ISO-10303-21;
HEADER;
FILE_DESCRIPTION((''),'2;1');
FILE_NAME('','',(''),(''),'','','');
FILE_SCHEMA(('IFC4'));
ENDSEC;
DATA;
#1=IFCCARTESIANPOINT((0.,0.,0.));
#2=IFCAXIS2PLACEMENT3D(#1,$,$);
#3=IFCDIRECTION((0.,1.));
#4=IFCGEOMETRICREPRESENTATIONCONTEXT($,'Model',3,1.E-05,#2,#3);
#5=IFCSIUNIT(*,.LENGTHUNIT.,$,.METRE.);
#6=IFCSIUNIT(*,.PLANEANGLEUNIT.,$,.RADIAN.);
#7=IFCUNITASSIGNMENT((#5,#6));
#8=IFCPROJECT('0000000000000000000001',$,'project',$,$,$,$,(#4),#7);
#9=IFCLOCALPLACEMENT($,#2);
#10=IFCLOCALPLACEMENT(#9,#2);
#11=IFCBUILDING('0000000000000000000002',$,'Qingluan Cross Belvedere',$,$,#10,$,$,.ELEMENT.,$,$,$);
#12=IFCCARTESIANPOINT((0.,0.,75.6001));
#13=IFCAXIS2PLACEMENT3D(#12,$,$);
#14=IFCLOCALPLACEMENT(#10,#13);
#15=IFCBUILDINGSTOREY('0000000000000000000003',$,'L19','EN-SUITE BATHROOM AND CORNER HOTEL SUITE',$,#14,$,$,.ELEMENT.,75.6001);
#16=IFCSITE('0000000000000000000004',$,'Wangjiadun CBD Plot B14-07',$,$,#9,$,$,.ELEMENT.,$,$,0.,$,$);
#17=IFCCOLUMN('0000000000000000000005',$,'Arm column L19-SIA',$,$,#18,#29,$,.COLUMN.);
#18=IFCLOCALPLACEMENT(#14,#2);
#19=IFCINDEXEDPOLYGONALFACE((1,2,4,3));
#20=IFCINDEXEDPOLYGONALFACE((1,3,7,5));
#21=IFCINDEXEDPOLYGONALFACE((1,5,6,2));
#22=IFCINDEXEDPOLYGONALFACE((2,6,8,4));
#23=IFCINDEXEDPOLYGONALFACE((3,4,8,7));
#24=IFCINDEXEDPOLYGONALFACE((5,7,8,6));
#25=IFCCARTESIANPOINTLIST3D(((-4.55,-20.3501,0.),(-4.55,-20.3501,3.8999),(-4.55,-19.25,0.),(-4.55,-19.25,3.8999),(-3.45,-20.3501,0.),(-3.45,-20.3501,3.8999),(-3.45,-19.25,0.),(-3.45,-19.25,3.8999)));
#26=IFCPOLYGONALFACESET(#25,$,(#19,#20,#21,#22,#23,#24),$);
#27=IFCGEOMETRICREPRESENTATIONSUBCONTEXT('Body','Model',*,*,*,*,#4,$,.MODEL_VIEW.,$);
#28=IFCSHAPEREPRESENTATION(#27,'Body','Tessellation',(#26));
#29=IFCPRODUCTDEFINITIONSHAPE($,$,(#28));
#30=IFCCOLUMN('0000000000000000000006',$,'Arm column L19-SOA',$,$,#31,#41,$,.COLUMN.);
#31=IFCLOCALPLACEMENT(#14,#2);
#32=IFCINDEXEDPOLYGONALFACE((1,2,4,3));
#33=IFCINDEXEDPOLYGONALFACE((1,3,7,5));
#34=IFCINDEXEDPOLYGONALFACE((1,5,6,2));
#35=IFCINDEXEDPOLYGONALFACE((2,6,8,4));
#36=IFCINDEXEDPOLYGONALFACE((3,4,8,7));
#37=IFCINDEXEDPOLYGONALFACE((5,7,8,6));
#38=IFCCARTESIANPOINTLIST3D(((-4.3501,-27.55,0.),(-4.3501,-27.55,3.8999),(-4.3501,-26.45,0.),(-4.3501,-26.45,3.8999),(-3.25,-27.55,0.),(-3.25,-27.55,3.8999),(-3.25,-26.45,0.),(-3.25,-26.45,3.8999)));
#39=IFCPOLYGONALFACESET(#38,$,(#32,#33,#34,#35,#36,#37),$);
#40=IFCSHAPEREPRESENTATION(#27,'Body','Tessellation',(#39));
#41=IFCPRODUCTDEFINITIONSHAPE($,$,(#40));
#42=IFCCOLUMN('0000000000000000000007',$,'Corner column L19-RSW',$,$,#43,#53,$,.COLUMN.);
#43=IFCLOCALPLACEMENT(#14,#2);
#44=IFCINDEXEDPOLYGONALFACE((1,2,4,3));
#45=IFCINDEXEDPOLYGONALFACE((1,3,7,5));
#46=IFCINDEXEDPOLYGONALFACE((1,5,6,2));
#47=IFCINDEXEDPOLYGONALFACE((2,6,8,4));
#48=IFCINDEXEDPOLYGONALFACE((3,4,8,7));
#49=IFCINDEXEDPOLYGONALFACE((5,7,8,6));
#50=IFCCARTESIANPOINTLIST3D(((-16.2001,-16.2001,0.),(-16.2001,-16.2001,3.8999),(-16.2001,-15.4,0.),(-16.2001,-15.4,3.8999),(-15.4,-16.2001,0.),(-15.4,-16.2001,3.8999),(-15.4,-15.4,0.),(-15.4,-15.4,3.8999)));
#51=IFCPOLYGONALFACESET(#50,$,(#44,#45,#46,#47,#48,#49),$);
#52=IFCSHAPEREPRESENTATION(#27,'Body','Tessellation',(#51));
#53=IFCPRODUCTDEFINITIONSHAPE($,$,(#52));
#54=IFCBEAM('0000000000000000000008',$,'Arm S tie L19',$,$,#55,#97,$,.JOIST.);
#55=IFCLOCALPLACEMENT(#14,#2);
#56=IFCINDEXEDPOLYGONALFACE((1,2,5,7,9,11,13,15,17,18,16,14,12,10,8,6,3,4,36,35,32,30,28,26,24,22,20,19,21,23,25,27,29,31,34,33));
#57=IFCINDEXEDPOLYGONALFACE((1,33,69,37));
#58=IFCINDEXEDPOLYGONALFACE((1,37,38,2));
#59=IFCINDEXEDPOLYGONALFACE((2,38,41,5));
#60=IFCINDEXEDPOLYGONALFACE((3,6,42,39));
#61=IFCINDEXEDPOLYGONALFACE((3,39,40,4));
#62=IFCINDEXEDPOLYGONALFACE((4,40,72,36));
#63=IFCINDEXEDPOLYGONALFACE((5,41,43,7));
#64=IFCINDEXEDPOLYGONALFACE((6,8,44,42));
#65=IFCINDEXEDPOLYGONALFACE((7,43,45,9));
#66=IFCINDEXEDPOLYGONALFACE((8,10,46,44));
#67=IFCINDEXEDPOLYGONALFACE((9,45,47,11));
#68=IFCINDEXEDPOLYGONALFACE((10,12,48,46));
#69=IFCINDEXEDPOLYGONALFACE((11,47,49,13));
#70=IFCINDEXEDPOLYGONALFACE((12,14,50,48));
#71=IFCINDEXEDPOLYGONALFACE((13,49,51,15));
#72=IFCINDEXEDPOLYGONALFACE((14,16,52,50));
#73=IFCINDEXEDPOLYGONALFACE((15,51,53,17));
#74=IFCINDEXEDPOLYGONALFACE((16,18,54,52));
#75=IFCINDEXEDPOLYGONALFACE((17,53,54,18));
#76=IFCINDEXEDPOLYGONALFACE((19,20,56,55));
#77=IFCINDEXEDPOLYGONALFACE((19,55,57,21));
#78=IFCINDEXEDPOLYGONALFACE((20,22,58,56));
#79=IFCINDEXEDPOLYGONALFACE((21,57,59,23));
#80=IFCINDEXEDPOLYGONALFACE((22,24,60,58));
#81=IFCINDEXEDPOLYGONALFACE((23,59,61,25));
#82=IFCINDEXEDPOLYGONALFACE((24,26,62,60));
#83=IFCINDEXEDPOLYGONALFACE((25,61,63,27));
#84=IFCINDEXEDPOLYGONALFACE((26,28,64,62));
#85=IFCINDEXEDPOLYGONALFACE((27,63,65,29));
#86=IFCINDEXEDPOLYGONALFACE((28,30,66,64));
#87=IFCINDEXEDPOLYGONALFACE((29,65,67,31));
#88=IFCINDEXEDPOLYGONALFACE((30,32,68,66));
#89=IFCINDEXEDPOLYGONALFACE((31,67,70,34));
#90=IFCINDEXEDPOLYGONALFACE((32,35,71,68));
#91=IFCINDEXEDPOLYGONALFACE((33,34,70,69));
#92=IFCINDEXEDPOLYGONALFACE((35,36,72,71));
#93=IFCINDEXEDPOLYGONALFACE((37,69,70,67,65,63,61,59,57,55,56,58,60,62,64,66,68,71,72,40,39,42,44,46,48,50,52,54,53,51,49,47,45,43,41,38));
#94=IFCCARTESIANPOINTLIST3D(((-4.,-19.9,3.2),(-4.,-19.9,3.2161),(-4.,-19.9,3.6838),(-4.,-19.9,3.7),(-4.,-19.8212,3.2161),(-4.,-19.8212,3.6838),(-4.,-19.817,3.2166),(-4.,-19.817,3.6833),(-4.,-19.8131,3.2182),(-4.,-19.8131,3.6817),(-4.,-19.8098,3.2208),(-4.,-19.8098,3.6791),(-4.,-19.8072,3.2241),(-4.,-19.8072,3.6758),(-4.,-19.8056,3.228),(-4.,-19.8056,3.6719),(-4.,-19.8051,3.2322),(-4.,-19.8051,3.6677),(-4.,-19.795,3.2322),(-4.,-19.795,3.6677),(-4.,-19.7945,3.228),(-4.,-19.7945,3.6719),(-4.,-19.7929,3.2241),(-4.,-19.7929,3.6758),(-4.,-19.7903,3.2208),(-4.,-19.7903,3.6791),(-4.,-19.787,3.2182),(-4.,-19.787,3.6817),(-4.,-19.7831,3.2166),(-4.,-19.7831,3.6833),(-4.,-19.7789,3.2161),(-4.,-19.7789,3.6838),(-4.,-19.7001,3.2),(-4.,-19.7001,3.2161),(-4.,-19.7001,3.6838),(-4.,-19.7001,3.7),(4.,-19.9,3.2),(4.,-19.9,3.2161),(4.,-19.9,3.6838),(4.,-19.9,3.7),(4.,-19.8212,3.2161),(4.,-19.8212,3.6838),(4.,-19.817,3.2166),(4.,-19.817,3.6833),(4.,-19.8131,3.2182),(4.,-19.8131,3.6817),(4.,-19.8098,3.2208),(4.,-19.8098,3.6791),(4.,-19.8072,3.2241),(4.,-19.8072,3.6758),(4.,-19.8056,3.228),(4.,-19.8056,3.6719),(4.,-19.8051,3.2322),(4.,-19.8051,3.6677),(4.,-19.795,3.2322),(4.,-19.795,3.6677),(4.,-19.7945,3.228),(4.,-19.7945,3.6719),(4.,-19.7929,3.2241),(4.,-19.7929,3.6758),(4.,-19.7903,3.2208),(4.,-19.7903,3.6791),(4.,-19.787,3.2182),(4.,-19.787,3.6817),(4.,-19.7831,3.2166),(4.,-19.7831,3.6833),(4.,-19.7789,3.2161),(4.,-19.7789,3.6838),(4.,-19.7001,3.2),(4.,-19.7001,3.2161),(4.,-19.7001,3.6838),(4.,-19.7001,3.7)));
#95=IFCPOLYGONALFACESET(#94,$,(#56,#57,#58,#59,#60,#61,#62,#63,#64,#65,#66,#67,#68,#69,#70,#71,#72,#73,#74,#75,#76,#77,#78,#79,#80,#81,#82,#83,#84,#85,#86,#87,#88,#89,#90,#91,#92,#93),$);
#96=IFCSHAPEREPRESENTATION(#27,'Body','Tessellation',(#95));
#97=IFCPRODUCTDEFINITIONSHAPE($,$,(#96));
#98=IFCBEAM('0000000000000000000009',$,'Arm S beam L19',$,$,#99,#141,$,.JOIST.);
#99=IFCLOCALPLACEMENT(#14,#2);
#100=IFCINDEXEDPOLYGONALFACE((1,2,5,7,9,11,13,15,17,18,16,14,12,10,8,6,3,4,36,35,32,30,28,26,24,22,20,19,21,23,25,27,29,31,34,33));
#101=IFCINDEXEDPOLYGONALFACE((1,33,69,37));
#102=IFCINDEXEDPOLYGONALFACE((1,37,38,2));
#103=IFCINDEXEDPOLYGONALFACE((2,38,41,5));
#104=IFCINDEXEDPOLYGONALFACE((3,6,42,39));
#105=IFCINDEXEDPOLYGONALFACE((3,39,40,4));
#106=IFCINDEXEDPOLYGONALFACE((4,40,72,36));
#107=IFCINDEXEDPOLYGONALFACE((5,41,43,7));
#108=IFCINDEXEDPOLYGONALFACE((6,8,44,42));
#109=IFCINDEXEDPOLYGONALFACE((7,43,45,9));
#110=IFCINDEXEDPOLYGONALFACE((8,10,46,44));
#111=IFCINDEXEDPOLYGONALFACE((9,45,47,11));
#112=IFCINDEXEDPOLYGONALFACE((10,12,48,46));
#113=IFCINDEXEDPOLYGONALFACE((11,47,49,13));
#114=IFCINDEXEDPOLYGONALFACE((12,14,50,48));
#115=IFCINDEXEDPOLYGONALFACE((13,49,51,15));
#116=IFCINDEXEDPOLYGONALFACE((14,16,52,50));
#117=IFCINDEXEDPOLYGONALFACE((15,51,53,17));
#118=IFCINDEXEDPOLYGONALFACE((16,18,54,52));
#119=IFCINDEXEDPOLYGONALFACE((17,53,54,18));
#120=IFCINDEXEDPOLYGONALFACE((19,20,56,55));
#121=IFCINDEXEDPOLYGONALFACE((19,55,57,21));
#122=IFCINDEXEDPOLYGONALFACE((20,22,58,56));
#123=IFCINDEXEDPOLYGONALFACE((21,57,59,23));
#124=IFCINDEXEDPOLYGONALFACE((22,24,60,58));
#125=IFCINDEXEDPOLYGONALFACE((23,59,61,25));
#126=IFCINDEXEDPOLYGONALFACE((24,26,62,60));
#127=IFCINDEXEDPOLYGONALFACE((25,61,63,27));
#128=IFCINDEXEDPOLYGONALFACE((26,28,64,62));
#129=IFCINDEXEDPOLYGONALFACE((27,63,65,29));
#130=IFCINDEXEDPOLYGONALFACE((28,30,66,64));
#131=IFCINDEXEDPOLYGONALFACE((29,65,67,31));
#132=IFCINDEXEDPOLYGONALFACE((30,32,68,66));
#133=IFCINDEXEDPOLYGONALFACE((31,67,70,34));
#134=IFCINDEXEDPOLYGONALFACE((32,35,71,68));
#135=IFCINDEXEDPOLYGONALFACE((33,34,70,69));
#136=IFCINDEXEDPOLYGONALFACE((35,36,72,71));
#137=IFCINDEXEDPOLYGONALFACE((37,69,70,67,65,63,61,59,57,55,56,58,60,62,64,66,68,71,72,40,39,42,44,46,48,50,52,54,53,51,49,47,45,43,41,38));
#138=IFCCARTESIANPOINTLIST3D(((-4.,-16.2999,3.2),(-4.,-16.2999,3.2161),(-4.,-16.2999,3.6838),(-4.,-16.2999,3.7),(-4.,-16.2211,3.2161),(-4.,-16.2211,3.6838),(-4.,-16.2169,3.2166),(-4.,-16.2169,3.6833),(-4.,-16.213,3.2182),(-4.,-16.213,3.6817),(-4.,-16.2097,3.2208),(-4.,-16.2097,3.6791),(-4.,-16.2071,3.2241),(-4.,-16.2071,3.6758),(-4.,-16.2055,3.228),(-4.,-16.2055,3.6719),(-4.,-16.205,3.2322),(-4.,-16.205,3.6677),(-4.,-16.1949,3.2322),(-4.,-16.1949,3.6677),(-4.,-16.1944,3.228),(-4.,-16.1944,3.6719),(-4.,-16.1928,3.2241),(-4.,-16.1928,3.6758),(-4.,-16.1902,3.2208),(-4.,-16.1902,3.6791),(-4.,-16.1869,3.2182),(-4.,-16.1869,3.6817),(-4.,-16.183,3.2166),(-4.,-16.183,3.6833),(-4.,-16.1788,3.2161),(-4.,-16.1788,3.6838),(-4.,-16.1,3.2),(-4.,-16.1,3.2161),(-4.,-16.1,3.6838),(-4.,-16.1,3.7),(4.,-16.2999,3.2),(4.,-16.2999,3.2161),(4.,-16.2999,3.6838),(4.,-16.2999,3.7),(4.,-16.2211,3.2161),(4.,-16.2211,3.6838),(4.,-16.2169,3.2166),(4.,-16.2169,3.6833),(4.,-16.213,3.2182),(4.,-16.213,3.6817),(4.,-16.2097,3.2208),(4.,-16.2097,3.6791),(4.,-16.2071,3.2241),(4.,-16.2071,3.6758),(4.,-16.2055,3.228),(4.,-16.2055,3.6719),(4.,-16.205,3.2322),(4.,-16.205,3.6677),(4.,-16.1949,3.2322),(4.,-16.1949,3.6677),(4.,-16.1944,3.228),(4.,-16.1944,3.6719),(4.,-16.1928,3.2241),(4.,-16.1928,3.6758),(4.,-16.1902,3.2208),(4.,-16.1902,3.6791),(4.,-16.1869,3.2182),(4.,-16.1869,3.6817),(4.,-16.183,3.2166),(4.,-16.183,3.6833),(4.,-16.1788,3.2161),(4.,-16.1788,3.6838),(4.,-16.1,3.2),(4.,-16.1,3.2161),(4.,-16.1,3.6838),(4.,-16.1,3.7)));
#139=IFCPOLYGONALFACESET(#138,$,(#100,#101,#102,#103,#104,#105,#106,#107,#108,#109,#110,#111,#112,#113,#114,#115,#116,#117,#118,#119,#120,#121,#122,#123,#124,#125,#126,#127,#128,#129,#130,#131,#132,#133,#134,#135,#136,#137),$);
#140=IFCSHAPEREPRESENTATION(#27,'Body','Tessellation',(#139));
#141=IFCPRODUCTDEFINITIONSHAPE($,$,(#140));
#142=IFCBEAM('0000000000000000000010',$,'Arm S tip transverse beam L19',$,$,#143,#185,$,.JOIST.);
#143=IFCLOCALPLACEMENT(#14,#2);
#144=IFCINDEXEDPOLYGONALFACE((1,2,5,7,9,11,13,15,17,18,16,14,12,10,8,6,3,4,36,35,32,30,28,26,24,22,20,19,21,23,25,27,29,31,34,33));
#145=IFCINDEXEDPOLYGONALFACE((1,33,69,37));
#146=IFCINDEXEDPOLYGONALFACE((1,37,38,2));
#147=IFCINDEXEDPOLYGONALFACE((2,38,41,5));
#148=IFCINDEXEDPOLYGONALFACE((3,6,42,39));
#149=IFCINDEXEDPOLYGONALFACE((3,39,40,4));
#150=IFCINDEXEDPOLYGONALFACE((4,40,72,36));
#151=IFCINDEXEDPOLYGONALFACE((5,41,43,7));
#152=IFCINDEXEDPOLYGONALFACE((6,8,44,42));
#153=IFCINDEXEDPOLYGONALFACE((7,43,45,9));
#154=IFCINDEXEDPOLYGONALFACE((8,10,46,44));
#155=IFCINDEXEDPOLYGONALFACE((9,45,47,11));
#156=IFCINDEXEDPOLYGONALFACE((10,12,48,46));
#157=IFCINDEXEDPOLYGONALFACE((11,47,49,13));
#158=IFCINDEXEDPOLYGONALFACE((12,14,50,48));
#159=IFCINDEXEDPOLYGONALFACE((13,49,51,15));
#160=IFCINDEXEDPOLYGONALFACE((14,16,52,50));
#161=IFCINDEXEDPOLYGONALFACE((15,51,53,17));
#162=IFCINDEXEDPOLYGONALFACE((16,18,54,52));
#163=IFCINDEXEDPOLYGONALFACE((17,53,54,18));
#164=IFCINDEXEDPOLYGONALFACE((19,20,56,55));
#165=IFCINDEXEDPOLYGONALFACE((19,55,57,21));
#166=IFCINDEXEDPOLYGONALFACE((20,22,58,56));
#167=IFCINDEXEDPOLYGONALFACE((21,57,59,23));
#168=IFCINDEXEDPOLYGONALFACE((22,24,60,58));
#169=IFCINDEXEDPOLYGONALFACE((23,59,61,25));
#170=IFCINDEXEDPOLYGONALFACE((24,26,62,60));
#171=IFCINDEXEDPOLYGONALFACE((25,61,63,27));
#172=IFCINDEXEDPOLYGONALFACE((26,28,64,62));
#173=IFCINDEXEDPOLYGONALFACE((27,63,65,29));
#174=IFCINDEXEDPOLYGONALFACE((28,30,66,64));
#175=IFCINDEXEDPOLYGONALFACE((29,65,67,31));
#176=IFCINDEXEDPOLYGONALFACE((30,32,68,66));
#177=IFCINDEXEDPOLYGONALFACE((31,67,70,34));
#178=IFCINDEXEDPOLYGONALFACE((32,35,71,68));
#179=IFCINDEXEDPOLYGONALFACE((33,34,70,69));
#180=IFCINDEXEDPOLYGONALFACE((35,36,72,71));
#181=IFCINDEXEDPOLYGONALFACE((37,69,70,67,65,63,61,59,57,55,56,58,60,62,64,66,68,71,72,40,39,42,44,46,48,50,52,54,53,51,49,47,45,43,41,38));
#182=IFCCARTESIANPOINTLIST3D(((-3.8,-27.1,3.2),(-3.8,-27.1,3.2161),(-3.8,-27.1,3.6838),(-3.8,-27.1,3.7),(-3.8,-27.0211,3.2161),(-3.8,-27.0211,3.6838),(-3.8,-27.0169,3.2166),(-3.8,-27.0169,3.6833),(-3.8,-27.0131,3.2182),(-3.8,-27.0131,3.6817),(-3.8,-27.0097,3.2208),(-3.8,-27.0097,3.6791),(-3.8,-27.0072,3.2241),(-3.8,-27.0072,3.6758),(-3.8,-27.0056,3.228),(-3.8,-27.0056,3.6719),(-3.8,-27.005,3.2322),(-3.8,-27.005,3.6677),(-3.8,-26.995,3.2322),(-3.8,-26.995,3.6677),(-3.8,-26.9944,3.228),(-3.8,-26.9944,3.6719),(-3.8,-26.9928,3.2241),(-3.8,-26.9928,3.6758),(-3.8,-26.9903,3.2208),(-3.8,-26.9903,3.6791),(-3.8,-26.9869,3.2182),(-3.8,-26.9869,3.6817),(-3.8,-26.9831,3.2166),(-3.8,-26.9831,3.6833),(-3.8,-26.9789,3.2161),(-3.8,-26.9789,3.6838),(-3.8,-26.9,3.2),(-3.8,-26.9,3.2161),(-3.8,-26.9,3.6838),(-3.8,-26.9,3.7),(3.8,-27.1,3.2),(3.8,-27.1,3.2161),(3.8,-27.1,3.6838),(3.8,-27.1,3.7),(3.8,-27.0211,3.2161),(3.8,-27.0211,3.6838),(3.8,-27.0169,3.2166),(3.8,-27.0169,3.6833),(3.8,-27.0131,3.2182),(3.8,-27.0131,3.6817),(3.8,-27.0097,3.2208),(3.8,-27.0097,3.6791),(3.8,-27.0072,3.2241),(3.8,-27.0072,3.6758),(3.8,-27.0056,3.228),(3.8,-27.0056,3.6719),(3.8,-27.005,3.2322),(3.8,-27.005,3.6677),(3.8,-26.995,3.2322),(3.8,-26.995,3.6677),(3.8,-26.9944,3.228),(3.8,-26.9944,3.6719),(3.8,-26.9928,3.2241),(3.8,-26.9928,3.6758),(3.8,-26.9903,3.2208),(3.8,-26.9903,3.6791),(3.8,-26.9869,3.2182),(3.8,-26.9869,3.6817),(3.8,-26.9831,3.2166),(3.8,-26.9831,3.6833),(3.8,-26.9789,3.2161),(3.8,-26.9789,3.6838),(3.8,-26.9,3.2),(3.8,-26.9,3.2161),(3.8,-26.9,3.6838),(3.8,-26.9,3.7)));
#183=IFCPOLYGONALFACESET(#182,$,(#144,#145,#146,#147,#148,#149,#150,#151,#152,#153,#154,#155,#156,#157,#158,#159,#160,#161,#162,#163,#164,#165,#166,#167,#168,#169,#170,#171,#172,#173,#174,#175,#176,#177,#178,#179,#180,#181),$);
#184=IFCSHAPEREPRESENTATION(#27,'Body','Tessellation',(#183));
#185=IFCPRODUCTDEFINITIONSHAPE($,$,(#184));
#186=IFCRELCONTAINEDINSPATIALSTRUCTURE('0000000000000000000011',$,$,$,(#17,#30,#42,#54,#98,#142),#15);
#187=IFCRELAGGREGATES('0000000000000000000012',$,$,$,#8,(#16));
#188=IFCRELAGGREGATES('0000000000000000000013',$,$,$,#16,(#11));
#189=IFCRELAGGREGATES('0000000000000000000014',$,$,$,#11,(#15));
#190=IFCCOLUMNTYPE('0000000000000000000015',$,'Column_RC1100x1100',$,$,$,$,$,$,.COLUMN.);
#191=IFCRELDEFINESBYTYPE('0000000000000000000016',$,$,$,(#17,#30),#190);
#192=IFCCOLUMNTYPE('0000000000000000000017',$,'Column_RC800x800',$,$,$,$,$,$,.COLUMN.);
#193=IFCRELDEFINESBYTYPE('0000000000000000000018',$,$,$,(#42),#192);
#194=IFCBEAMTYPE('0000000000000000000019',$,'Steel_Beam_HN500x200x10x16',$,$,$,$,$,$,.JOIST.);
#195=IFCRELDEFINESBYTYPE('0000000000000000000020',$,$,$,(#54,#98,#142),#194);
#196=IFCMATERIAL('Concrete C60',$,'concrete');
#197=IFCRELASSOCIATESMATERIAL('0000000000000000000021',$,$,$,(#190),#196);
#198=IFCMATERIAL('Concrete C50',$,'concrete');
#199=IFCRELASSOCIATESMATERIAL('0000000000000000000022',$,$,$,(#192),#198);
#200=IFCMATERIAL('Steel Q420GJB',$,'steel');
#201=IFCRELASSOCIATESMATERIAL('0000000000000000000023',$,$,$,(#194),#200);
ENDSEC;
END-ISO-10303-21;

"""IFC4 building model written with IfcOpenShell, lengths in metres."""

from ifc_helpers import new_model, si_unit, direction, frame, origin, origin_2d, place, context, subcontext, project, spatial, rectangle, i_section, extrude, material, material_profile, profile_set, type_object, element, save


model = new_model("IFC4")

# Units and contexts
model_context = context("Model", 3, precision=1e-05, world=origin(), true_north=direction((0.0, 1.0)))
body_context = subcontext(model_context, "Body", "Model", "MODEL_VIEW")
ifc_project = project(units=[si_unit("LENGTHUNIT", "METRE"), si_unit("PLANEANGLEUNIT", "RADIAN")], contexts=[model_context])

# Site, building, storey
site_placement = place(None, origin())
site = spatial("IfcSite", under=ifc_project, at=site_placement, Name="Wangjiadun CBD Plot B14-07", CompositionType="ELEMENT", RefElevation=0.0)
building_placement = place(site_placement, origin())
building = spatial("IfcBuilding", under=site, at=building_placement, Name="Qingluan Cross Belvedere", CompositionType="ELEMENT")
storey_placement = place(building_placement, frame((0.0, 0.0, 75.6001)))
storey = spatial("IfcBuildingStorey", under=building, at=storey_placement, Name="L19", Description="EN-SUITE BATHROOM AND CORNER HOTEL SUITE", CompositionType="ELEMENT", Elevation=75.6001)

# Columns
ifc_material_1 = material(Name="Concrete C60", Category="concrete")
ifc_material_profile_1 = material_profile(ifc_material_1, rectangle(XDim=1.1001, YDim=1.1001, at=origin_2d()), Name="RC1100x1100")
ifc_profile_set_1 = profile_set([ifc_material_profile_1], Name="Concrete C60")
column_type_1 = type_object("IfcColumnType", Name="Column_RC1100x1100", PredefinedType="COLUMN", material=ifc_profile_set_1)
for number, where, z_axis, x_axis, name in (
    (1, (-4.0, -19.8, 0.0), (0.0, 0.0, 1.0), (1.0, 0.0, 0.0), "Arm column L19-SIA"),
    (2, (-3.8, -27.0, 0.0), (0.0, 0.0, 1.0), (1.0, 0.0, 0.0), "Arm column L19-SOA"),
):
    element("IfcColumn", number, at=place(storey_placement, frame(where, z_axis=z_axis, x_axis=x_axis)), inside=storey, type_object=column_type_1, Name=name, PredefinedType="COLUMN", context=body_context, shape_type="SweptSolid", body=[
        extrude(rectangle(XDim=1.1001, YDim=1.1001, at=origin_2d()), origin(), (0.0, 0.0, 1.0), 3.8999),
    ])
ifc_material_2 = material(Name="Concrete C50", Category="concrete")
ifc_material_profile_2 = material_profile(ifc_material_2, rectangle(XDim=0.8, YDim=0.8, at=origin_2d()), Name="RC800x800")
ifc_profile_set_2 = profile_set([ifc_material_profile_2], Name="Concrete C50")
column_type_2 = type_object("IfcColumnType", Name="Column_RC800x800", PredefinedType="COLUMN", material=ifc_profile_set_2)
column_placement = place(storey_placement, frame((-15.8, -15.8, 0.0), z_axis=(0.0, 0.0, 1.0), x_axis=(1.0, 0.0, 0.0)))
element("IfcColumn", 3, at=column_placement, inside=storey, type_object=column_type_2, Name="Corner column L19-RSW", PredefinedType="COLUMN", context=body_context, shape_type="SweptSolid", body=[
    extrude(rectangle(XDim=0.8, YDim=0.8, at=origin_2d()), origin(), (0.0, 0.0, 1.0), 3.8999),
])

# Beams
ifc_material_3 = material(Name="Steel Q420GJB", Category="steel")
ifc_material_profile_3 = material_profile(ifc_material_3, i_section(OverallWidth=0.2, OverallDepth=0.5, WebThickness=0.01, FlangeThickness=0.0161, FilletRadius=0.0161, at=origin_2d()), Name="HN500x200x10x16")
ifc_profile_set_3 = profile_set([ifc_material_profile_3], Name="Steel Q420GJB")
beam_type_1 = type_object("IfcBeamType", Name="Steel_Beam_HN500x200x10x16", PredefinedType="JOIST", material=ifc_profile_set_3)
for number, where, z_axis, x_axis, name in (
    (4, (-4.0, -19.8, 3.45), (1.0, 0.0, 0.0), (0.0, 1.0, 0.0), "Arm S tie L19"),
    (5, (-4.0, -16.2, 3.45), (1.0, 0.0, 0.0), (0.0, 1.0, 0.0), "Arm S beam L19"),
):
    element("IfcBeam", number, at=place(storey_placement, frame(where, z_axis=z_axis, x_axis=x_axis)), inside=storey, type_object=beam_type_1, Name=name, PredefinedType="JOIST", context=body_context, shape_type="SweptSolid", body=[
        extrude(i_section(OverallWidth=0.2, OverallDepth=0.5, WebThickness=0.01, FlangeThickness=0.0161, FilletRadius=0.0161, at=origin_2d()), origin(), (0.0, 0.0, 1.0), 8.0),
    ])
beam_1_placement = place(storey_placement, frame((-3.8, -27.0, 3.45), z_axis=(1.0, 0.0, 0.0), x_axis=(0.0, 1.0, 0.0)))
element("IfcBeam", 6, at=beam_1_placement, inside=storey, type_object=beam_type_1, Name="Arm S tip transverse beam L19", PredefinedType="JOIST", context=body_context, shape_type="SweptSolid", body=[
    extrude(i_section(OverallWidth=0.2, OverallDepth=0.5, WebThickness=0.01, FlangeThickness=0.0161, FilletRadius=0.0161, at=origin_2d()), origin(), (0.0, 0.0, 1.0), 7.6001),
])

save(model, "model.ifc")
